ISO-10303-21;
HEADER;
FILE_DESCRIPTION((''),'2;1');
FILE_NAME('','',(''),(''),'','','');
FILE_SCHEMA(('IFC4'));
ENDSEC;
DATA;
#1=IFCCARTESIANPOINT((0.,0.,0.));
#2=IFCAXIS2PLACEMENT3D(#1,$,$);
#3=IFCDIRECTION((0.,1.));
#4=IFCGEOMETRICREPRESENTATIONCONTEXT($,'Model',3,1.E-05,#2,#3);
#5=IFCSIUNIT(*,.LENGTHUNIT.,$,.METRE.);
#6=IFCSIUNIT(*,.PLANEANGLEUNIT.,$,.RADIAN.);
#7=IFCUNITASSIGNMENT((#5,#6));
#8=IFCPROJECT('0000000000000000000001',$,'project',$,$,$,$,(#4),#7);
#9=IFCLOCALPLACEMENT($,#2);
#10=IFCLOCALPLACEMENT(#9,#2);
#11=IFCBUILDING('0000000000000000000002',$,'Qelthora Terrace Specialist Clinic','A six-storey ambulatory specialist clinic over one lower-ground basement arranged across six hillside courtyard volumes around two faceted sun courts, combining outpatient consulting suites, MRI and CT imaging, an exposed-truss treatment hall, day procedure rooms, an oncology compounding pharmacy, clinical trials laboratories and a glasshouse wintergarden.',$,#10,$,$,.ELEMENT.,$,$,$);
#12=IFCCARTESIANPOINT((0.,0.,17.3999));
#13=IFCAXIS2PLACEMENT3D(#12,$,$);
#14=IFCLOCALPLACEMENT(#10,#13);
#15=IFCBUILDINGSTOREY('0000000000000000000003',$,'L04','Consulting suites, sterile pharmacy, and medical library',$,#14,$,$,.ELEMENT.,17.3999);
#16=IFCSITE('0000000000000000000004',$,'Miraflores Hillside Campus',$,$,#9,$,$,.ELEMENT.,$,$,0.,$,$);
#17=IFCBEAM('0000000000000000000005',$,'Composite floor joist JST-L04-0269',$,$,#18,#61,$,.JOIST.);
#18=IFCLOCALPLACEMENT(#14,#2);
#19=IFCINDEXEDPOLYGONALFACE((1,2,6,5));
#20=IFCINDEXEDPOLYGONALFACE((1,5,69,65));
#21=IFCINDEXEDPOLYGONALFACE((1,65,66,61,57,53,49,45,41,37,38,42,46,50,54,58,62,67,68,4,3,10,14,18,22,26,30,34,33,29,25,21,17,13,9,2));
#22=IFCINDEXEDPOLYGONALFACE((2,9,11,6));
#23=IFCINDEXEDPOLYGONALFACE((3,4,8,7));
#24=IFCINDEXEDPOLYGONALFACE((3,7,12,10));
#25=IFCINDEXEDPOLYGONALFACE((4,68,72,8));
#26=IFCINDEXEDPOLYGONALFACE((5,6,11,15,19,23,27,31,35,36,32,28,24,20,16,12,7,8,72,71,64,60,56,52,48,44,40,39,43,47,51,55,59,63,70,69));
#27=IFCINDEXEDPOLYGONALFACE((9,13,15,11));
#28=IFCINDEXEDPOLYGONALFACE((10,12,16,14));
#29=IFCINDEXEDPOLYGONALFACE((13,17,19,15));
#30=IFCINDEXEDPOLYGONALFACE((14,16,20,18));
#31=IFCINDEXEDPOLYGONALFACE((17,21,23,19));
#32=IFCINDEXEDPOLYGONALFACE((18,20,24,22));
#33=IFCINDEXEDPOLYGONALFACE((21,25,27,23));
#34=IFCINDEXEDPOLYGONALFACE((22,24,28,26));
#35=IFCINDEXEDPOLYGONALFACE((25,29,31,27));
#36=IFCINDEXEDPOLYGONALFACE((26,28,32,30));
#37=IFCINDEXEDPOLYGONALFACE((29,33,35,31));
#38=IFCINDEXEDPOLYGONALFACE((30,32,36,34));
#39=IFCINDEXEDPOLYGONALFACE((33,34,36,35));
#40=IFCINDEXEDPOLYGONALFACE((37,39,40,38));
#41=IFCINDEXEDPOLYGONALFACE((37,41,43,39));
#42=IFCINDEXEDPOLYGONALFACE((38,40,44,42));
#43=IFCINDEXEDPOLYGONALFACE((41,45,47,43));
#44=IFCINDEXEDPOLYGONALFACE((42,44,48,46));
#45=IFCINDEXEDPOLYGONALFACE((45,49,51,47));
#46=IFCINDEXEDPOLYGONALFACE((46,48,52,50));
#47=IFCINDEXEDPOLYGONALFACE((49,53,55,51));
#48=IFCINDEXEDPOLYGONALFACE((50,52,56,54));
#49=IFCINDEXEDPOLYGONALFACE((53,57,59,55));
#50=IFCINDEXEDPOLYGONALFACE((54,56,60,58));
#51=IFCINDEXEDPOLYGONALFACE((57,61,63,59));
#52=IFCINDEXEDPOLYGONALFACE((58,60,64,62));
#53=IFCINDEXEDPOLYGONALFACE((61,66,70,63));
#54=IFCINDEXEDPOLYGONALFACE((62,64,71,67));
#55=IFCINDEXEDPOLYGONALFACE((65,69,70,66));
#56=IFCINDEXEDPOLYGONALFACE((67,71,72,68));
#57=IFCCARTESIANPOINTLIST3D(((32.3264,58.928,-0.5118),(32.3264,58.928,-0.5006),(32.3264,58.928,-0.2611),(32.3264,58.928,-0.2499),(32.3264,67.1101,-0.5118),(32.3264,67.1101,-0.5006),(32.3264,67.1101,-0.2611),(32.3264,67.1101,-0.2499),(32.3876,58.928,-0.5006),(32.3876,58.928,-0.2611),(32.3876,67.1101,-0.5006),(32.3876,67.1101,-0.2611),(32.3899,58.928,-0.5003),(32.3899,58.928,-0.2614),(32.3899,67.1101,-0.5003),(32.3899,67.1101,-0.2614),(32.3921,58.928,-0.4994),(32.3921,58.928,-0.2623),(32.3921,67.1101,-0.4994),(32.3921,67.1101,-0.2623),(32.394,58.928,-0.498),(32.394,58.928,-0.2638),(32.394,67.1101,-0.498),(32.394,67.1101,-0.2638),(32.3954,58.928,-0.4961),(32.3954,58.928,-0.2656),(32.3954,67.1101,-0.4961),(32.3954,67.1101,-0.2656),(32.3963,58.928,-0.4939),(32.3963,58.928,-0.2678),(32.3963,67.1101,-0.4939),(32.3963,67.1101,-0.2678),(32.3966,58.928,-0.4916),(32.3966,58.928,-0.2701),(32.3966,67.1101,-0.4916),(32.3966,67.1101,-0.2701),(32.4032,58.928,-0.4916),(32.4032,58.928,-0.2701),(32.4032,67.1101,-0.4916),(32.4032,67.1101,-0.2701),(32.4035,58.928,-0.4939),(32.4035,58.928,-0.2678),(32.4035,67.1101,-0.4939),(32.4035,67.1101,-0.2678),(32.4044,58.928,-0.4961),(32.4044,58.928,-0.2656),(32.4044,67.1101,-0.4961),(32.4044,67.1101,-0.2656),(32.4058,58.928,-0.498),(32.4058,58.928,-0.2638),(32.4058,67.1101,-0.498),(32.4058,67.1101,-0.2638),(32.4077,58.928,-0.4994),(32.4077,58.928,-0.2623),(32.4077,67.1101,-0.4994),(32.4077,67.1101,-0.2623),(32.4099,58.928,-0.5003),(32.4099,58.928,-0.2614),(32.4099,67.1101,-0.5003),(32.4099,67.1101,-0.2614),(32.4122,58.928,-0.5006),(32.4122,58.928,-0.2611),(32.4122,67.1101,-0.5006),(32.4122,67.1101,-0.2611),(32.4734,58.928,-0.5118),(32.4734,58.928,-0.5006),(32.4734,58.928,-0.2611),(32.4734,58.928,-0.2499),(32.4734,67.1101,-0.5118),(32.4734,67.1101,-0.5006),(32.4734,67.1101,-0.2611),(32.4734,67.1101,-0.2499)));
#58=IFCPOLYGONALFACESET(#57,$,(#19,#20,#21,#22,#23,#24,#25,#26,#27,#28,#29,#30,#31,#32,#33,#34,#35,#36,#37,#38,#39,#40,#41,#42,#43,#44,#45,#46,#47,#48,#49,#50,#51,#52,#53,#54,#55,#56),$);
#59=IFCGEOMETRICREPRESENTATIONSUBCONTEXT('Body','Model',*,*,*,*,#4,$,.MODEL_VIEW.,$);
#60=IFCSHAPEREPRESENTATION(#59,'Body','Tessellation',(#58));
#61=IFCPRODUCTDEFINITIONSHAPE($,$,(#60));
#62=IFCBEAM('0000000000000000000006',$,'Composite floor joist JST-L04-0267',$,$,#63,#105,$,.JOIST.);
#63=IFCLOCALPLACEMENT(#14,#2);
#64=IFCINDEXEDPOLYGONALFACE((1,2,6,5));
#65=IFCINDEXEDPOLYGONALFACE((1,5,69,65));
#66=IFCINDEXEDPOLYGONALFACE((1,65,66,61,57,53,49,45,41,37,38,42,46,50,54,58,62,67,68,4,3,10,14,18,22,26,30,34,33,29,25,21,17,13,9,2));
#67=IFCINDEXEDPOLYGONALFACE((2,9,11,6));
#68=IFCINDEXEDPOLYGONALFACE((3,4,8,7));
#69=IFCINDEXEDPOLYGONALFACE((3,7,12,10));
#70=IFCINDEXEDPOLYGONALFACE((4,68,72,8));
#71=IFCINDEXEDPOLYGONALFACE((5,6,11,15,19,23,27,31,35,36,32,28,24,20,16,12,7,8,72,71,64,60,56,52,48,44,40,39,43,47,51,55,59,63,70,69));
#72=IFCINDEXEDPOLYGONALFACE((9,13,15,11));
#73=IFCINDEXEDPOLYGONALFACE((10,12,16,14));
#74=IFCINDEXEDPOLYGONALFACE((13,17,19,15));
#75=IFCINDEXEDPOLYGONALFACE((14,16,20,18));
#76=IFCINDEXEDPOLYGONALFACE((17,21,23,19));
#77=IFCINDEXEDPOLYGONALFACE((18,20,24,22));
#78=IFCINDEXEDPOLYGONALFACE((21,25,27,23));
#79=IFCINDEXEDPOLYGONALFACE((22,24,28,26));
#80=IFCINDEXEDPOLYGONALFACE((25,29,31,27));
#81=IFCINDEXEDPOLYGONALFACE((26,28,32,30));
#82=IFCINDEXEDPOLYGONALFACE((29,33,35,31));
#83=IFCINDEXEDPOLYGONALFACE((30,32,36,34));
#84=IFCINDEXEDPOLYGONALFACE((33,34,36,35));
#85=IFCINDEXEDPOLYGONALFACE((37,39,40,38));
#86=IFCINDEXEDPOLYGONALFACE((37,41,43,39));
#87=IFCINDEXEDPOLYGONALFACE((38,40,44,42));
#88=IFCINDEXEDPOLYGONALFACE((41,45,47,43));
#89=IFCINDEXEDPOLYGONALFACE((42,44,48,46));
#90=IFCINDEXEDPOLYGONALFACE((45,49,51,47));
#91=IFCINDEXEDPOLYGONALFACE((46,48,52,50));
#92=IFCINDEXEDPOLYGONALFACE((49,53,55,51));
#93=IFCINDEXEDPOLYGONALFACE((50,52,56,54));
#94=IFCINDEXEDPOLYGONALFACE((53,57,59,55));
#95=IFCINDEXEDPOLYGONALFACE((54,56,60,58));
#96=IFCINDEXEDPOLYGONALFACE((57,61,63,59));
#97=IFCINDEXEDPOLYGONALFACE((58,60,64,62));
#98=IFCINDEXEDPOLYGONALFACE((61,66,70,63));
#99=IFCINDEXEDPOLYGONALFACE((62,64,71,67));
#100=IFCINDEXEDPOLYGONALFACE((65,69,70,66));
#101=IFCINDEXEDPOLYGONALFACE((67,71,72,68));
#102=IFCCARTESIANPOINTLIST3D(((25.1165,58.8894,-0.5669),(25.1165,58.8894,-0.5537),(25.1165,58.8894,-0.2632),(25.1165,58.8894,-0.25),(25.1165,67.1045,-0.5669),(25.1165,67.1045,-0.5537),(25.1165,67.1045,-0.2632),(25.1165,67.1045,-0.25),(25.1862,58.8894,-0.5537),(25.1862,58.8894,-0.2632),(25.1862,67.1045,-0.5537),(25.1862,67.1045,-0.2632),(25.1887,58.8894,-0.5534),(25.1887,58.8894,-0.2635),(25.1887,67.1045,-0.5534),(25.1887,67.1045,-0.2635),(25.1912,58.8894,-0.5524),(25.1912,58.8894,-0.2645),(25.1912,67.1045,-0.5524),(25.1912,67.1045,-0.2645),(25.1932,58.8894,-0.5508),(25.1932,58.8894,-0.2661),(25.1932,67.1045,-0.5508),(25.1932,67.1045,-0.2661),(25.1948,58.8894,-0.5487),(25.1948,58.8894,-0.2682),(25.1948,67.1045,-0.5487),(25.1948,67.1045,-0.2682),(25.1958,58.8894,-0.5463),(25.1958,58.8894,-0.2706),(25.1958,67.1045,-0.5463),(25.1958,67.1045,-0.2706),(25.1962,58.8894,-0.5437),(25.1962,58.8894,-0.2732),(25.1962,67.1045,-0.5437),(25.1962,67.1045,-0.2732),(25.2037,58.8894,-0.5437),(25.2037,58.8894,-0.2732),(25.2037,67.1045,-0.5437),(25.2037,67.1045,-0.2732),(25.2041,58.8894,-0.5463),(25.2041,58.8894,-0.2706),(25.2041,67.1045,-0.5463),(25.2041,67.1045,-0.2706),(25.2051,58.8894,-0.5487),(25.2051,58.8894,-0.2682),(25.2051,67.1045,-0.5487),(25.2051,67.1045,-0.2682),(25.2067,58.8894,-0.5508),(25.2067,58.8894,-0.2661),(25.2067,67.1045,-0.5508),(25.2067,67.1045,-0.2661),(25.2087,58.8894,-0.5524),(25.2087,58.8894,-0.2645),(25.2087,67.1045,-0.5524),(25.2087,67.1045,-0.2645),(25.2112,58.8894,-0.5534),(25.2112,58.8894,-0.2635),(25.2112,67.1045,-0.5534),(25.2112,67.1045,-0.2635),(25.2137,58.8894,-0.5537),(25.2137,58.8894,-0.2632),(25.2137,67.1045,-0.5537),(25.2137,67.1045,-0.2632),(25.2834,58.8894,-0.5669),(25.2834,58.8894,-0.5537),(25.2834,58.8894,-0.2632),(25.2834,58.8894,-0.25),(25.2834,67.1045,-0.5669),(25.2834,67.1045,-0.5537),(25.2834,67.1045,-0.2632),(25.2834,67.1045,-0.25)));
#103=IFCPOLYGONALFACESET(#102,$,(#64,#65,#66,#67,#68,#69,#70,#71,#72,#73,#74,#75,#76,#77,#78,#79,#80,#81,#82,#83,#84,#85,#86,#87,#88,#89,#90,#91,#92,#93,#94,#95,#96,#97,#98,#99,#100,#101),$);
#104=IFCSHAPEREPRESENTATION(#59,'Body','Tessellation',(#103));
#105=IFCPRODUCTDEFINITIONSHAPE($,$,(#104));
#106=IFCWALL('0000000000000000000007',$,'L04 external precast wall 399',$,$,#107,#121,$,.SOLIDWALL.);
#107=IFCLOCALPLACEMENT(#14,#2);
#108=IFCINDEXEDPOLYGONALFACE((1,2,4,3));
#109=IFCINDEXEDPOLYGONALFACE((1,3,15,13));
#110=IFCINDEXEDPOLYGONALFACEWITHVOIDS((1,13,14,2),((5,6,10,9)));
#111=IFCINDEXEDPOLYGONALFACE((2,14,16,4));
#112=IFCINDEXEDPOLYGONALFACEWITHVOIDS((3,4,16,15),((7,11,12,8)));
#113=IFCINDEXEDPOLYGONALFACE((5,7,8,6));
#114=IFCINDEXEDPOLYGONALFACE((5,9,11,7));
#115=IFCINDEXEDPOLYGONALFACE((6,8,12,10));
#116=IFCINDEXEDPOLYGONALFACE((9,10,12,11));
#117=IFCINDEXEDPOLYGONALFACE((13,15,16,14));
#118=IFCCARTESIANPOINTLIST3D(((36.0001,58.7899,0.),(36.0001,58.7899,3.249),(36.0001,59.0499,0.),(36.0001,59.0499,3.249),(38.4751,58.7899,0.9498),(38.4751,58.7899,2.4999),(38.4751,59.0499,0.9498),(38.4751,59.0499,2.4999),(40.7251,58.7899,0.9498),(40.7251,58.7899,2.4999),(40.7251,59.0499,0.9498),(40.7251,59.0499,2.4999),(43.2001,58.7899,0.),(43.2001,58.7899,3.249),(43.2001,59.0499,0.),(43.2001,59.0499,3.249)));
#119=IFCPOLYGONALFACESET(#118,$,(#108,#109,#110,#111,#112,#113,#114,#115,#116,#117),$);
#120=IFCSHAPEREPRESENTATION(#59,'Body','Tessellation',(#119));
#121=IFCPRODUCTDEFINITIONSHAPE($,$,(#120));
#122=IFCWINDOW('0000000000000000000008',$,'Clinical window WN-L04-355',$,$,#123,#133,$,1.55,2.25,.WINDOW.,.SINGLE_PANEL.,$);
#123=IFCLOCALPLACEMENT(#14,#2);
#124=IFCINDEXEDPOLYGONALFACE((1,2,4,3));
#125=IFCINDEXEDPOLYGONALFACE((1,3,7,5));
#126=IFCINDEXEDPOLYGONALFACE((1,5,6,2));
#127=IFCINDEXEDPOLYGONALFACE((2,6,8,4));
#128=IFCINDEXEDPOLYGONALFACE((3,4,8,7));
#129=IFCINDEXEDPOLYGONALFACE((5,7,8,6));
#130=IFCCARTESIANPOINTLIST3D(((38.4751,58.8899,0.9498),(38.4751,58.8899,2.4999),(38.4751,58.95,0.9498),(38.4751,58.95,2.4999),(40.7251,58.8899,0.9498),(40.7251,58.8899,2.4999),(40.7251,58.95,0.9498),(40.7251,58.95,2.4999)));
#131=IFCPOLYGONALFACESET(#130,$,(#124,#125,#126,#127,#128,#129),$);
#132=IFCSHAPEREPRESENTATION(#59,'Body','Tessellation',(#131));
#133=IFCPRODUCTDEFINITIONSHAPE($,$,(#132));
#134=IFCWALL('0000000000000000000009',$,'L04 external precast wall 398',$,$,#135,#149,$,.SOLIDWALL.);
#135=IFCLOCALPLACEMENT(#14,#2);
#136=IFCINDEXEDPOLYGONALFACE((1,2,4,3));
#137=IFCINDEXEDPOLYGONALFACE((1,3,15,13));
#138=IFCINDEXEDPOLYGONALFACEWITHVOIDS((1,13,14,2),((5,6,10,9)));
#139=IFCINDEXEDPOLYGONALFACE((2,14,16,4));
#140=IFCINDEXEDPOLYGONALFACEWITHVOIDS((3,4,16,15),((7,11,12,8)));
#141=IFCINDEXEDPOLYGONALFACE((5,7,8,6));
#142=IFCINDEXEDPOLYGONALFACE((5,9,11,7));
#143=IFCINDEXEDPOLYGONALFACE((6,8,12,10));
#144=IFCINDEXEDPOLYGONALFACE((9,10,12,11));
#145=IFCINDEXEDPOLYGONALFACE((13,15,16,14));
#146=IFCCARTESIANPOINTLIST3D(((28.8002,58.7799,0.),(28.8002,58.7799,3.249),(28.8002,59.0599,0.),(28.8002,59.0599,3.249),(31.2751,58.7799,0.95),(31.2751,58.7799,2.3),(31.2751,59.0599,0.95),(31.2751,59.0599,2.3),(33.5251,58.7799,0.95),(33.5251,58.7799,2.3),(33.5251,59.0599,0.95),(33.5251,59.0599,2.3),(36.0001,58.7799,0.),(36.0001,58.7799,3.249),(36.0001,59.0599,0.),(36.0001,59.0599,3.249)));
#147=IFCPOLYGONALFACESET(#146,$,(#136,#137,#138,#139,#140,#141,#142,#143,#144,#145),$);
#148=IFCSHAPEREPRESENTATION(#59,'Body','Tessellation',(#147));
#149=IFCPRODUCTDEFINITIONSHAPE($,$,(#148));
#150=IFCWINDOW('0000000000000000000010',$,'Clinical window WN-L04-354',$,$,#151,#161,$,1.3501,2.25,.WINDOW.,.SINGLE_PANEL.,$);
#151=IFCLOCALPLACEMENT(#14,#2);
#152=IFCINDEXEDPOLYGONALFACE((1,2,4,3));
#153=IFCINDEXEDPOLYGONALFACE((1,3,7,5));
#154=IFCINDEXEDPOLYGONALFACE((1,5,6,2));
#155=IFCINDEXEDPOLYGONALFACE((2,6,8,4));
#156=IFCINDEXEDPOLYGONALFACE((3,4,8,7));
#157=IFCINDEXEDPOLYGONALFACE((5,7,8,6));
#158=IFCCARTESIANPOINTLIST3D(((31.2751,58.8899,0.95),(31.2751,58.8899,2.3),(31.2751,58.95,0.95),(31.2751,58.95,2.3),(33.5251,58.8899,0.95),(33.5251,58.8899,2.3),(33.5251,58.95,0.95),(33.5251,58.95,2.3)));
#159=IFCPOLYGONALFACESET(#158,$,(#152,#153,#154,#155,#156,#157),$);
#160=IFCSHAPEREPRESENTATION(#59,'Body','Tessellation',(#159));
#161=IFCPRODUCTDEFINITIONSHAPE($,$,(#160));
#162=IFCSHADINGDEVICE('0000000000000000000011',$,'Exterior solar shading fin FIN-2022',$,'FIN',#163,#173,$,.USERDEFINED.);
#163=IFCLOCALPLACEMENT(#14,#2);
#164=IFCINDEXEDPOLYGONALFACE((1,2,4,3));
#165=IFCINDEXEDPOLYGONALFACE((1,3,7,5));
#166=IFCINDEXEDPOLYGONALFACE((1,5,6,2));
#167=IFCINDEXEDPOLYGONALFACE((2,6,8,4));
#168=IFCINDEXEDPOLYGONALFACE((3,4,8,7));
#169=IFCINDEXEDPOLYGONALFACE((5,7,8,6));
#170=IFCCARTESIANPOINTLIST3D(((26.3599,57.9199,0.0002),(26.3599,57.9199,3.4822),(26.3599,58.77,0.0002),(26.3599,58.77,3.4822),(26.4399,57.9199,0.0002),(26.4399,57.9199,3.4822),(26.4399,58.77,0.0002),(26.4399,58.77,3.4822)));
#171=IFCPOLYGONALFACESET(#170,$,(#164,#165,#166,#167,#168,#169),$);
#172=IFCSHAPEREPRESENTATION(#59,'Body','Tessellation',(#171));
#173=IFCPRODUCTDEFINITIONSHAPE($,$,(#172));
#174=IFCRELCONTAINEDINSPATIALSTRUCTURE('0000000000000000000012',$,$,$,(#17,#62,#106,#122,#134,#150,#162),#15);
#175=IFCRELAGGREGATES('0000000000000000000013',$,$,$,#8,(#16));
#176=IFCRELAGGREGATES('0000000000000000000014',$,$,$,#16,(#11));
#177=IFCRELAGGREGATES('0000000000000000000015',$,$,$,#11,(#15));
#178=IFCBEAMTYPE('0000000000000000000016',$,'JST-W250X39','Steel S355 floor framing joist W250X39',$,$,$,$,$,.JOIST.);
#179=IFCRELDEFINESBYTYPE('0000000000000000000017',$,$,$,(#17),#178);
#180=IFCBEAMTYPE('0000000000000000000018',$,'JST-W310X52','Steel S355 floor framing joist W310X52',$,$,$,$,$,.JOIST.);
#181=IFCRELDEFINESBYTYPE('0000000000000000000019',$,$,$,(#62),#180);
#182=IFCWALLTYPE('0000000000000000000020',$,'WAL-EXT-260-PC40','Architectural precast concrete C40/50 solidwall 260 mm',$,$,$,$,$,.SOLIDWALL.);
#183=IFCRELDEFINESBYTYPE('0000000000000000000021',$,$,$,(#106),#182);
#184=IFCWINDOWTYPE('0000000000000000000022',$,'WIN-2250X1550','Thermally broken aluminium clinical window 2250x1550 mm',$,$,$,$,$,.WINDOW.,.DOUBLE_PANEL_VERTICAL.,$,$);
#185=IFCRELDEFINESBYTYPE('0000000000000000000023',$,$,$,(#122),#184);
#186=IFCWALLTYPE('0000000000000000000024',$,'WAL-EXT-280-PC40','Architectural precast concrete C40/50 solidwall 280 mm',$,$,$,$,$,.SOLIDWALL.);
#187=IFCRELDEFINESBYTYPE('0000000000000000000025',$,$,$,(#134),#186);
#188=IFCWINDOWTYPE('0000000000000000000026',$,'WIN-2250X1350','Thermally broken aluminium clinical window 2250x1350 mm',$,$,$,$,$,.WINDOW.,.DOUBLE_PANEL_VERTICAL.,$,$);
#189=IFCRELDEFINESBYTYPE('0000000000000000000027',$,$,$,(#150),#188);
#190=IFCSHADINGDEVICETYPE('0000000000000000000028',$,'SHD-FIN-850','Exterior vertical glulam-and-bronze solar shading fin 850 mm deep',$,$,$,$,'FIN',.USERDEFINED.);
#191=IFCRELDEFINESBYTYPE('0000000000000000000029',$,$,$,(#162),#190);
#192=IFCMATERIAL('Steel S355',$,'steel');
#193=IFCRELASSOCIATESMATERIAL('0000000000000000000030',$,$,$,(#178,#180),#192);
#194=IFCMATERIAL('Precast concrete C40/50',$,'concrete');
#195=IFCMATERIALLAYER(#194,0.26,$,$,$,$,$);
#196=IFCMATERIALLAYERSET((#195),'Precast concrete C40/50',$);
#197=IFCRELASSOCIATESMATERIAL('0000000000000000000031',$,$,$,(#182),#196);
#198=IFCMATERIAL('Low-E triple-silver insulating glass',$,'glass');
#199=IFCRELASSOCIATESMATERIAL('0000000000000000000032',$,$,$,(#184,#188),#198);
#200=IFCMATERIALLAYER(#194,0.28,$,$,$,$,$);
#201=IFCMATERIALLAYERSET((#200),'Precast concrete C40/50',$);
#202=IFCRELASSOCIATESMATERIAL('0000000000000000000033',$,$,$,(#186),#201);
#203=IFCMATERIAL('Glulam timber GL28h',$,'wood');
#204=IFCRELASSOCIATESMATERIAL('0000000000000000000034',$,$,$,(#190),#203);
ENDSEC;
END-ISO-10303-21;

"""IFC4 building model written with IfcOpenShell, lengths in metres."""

from ifc_helpers import new_model, si_unit, direction, frame, frame_2d, origin, origin_2d, place, context, subcontext, project, spatial, rectangle, i_section, extrude, material, layer, layer_set, material_profile, profile_set, type_object, element, fill, save


model = new_model("IFC4")

# Units and contexts
model_context = context("Model", 3, precision=1e-05, world=origin(), true_north=direction((0.0, 1.0)))
body_context = subcontext(model_context, "Body", "Model", "MODEL_VIEW")
ifc_project = project(units=[si_unit("LENGTHUNIT", "METRE"), si_unit("PLANEANGLEUNIT", "RADIAN")], contexts=[model_context])

# Site, building, storey
site_placement = place(None, origin())
site = spatial("IfcSite", under=ifc_project, at=site_placement, Name="Miraflores Hillside Campus", CompositionType="ELEMENT", RefElevation=0.0)
building_placement = place(site_placement, origin())
building = spatial("IfcBuilding", under=site, at=building_placement, Name="Qelthora Terrace Specialist Clinic", Description="A six-storey ambulatory specialist clinic over one lower-ground basement arranged across six hillside courtyard volumes around two faceted sun courts, combining outpatient consulting suites, MRI and CT imaging, an exposed-truss treatment hall, day procedure rooms, an oncology compounding pharmacy, clinical trials laboratories and a glasshouse wintergarden.", CompositionType="ELEMENT")
storey_placement = place(building_placement, frame((0.0, 0.0, 17.3999)))
storey = spatial("IfcBuildingStorey", under=building, at=storey_placement, Name="L04", Description="Consulting suites, sterile pharmacy, and medical library", CompositionType="ELEMENT", Elevation=17.3999)

# Shared definitions
ifc_material_1 = material(Name="Steel S355", Category="steel")

# Beams
ifc_material_profile_1 = material_profile(ifc_material_1, i_section(OverallWidth=0.147, OverallDepth=0.262, WebThickness=0.0066, FlangeThickness=0.0112, FilletRadius=0.009, at=origin_2d()), Name="W250X39")
ifc_profile_set_1 = profile_set([ifc_material_profile_1], Name="Steel S355")
beam_type_1 = type_object("IfcBeamType", Name="JST-W250X39", Description="Steel S355 floor framing joist W250X39", PredefinedType="JOIST", material=ifc_profile_set_1)
beam_1_placement = place(storey_placement, frame((32.3999, 58.928, -0.3809), z_axis=(0.0, 1.0, 0.0), x_axis=(-1.0, 0.0, 0.0)))
element("IfcBeam", 1, at=beam_1_placement, inside=storey, type_object=beam_type_1, Name="Composite floor joist JST-L04-0269", PredefinedType="JOIST", context=body_context, shape_type="SweptSolid", body=[
    extrude(i_section(OverallWidth=0.147, OverallDepth=0.262, WebThickness=0.0066, FlangeThickness=0.0112, FilletRadius=0.009, at=origin_2d()), origin(), (0.0, 0.0, 1.0), 8.1821),
])
ifc_material_profile_2 = material_profile(ifc_material_1, i_section(OverallWidth=0.167, OverallDepth=0.3169, WebThickness=0.0076, FlangeThickness=0.0132, FilletRadius=0.01, at=origin_2d()), Name="W310X52")
ifc_profile_set_2 = profile_set([ifc_material_profile_2], Name="Steel S355")
beam_type_2 = type_object("IfcBeamType", Name="JST-W310X52", Description="Steel S355 floor framing joist W310X52", PredefinedType="JOIST", material=ifc_profile_set_2)
beam_2_placement = place(storey_placement, frame((25.2, 58.8894, -0.4084), z_axis=(0.0, 1.0, 0.0), x_axis=(-1.0, 0.0, 0.0)))
element("IfcBeam", 2, at=beam_2_placement, inside=storey, type_object=beam_type_2, Name="Composite floor joist JST-L04-0267", PredefinedType="JOIST", context=body_context, shape_type="SweptSolid", body=[
    extrude(i_section(OverallWidth=0.167, OverallDepth=0.3169, WebThickness=0.0076, FlangeThickness=0.0132, FilletRadius=0.01, at=origin_2d()), origin(), (0.0, 0.0, 1.0), 8.2151),
])

# Walls, openings, windows
ifc_material_2 = material(Name="Precast concrete C40/50", Category="concrete")
ifc_layer_1 = layer(ifc_material_2, 0.26)
ifc_layer_set_1 = layer_set([ifc_layer_1], Name="Precast concrete C40/50")
wall_type_1 = type_object("IfcWallType", Name="WAL-EXT-260-PC40", Description="Architectural precast concrete C40/50 solidwall 260 mm", PredefinedType="SOLIDWALL", material=ifc_layer_set_1)
wall_1_placement = place(storey_placement, frame((36.0, 58.9199, 0.0), z_axis=(0.0, 0.0, 1.0), x_axis=(1.0, 0.0, 0.0)))
wall_1 = element("IfcWall", 3, at=wall_1_placement, inside=storey, type_object=wall_type_1, Name="L04 external precast wall 399", PredefinedType="SOLIDWALL", context=body_context, shape_type="SweptSolid", body=[
    extrude(rectangle(XDim=7.2, YDim=0.26, at=frame_2d((3.6001, 0.0))), origin(), (0.0, 0.0, 1.0), 3.249),
])
opening_1_placement = place(wall_1_placement, frame((2.4751, 0.0, 0.95)))
opening_1 = element("IfcOpeningElement", 4, at=opening_1_placement, cuts=wall_1, PredefinedType="OPENING", context=body_context, shape_type="SweptSolid", body=[
    extrude(rectangle(XDim=2.25, YDim=1.55, at=frame_2d((1.125, 0.7749))), frame((0.0, 0.1399, 0.0), z_axis=(0.0, -1.0, 0.0), x_axis=(1.0, 0.0, 0.0)), (0.0, 0.0, 1.0), 0.28),
])
ifc_material_3 = material(Name="Low-E triple-silver insulating glass", Category="glass")
window_type_1 = type_object("IfcWindowType", Name="WIN-2250X1550", Description="Thermally broken aluminium clinical window 2250x1550 mm", PartitioningType="DOUBLE_PANEL_VERTICAL", PredefinedType="WINDOW", material=ifc_material_3)
window_1_placement = place(opening_1_placement, origin())
window_1 = element("IfcWindow", 5, at=window_1_placement, inside=storey, type_object=window_type_1, Name="Clinical window WN-L04-355", OverallHeight=1.55, OverallWidth=2.25, PartitioningType="SINGLE_PANEL", PredefinedType="WINDOW", context=body_context, shape_type="SweptSolid", body=[
    extrude(rectangle(XDim=2.25, YDim=1.55, at=frame_2d((1.125, 0.7749))), frame((0.0, 0.03, 0.0), z_axis=(0.0, -1.0, 0.0), x_axis=(1.0, 0.0, 0.0)), (0.0, 0.0, 1.0), 0.0601),
])
fill(opening_1, window_1)
ifc_layer_2 = layer(ifc_material_2, 0.28)
ifc_layer_set_2 = layer_set([ifc_layer_2], Name="Precast concrete C40/50")
wall_type_2 = type_object("IfcWallType", Name="WAL-EXT-280-PC40", Description="Architectural precast concrete C40/50 solidwall 280 mm", PredefinedType="SOLIDWALL", material=ifc_layer_set_2)
wall_2_placement = place(storey_placement, frame((28.8, 58.9199, 0.0), z_axis=(0.0, 0.0, 1.0), x_axis=(1.0, 0.0, 0.0)))
wall_2 = element("IfcWall", 6, at=wall_2_placement, inside=storey, type_object=wall_type_2, Name="L04 external precast wall 398", PredefinedType="SOLIDWALL", context=body_context, shape_type="SweptSolid", body=[
    extrude(rectangle(XDim=7.2, YDim=0.28, at=frame_2d((3.6001, 0.0))), origin(), (0.0, 0.0, 1.0), 3.249),
])
opening_2_placement = place(wall_2_placement, frame((2.4751, 0.0, 0.95)))
opening_2 = element("IfcOpeningElement", 7, at=opening_2_placement, cuts=wall_2, PredefinedType="OPENING", context=body_context, shape_type="SweptSolid", body=[
    extrude(rectangle(XDim=2.25, YDim=1.3501, at=frame_2d((1.125, 0.675))), frame((0.0, 0.1499, 0.0), z_axis=(0.0, -1.0, 0.0), x_axis=(1.0, 0.0, 0.0)), (0.0, 0.0, 1.0), 0.3),
])
window_type_2 = type_object("IfcWindowType", Name="WIN-2250X1350", Description="Thermally broken aluminium clinical window 2250x1350 mm", PartitioningType="DOUBLE_PANEL_VERTICAL", PredefinedType="WINDOW", material=ifc_material_3)
window_2_placement = place(opening_2_placement, origin())
window_2 = element("IfcWindow", 8, at=window_2_placement, inside=storey, type_object=window_type_2, Name="Clinical window WN-L04-354", OverallHeight=1.3501, OverallWidth=2.25, PartitioningType="SINGLE_PANEL", PredefinedType="WINDOW", context=body_context, shape_type="SweptSolid", body=[
    extrude(rectangle(XDim=2.25, YDim=1.3501, at=frame_2d((1.125, 0.675))), frame((0.0, 0.03, 0.0), z_axis=(0.0, -1.0, 0.0), x_axis=(1.0, 0.0, 0.0)), (0.0, 0.0, 1.0), 0.0601),
])
fill(opening_2, window_2)

# Shading device
ifc_material_4 = material(Name="Glulam timber GL28h", Category="wood")
shading_device_type = type_object("IfcShadingDeviceType", Name="SHD-FIN-850", Description="Exterior vertical glulam-and-bronze solar shading fin 850 mm deep", ElementType="FIN", PredefinedType="USERDEFINED", material=ifc_material_4)
for number, where, z_axis, x_axis, name in (
    (9, (26.3999, 58.345, 0.0002), (0.0, 0.0, 1.0), (0.0, -1.0, 0.0), "Exterior solar shading fin FIN-2022"),
):
    element("IfcShadingDevice", number, at=place(storey_placement, frame(where, z_axis=z_axis, x_axis=x_axis)), inside=storey, type_object=shading_device_type, Name=name, ObjectType="FIN", PredefinedType="USERDEFINED", context=body_context, shape_type="SweptSolid", body=[
        extrude(rectangle(XDim=0.8501, YDim=0.0801, at=origin_2d()), origin(), (0.0, 0.0, 1.0), 3.4819),
    ])

save(model, "model.ifc")
